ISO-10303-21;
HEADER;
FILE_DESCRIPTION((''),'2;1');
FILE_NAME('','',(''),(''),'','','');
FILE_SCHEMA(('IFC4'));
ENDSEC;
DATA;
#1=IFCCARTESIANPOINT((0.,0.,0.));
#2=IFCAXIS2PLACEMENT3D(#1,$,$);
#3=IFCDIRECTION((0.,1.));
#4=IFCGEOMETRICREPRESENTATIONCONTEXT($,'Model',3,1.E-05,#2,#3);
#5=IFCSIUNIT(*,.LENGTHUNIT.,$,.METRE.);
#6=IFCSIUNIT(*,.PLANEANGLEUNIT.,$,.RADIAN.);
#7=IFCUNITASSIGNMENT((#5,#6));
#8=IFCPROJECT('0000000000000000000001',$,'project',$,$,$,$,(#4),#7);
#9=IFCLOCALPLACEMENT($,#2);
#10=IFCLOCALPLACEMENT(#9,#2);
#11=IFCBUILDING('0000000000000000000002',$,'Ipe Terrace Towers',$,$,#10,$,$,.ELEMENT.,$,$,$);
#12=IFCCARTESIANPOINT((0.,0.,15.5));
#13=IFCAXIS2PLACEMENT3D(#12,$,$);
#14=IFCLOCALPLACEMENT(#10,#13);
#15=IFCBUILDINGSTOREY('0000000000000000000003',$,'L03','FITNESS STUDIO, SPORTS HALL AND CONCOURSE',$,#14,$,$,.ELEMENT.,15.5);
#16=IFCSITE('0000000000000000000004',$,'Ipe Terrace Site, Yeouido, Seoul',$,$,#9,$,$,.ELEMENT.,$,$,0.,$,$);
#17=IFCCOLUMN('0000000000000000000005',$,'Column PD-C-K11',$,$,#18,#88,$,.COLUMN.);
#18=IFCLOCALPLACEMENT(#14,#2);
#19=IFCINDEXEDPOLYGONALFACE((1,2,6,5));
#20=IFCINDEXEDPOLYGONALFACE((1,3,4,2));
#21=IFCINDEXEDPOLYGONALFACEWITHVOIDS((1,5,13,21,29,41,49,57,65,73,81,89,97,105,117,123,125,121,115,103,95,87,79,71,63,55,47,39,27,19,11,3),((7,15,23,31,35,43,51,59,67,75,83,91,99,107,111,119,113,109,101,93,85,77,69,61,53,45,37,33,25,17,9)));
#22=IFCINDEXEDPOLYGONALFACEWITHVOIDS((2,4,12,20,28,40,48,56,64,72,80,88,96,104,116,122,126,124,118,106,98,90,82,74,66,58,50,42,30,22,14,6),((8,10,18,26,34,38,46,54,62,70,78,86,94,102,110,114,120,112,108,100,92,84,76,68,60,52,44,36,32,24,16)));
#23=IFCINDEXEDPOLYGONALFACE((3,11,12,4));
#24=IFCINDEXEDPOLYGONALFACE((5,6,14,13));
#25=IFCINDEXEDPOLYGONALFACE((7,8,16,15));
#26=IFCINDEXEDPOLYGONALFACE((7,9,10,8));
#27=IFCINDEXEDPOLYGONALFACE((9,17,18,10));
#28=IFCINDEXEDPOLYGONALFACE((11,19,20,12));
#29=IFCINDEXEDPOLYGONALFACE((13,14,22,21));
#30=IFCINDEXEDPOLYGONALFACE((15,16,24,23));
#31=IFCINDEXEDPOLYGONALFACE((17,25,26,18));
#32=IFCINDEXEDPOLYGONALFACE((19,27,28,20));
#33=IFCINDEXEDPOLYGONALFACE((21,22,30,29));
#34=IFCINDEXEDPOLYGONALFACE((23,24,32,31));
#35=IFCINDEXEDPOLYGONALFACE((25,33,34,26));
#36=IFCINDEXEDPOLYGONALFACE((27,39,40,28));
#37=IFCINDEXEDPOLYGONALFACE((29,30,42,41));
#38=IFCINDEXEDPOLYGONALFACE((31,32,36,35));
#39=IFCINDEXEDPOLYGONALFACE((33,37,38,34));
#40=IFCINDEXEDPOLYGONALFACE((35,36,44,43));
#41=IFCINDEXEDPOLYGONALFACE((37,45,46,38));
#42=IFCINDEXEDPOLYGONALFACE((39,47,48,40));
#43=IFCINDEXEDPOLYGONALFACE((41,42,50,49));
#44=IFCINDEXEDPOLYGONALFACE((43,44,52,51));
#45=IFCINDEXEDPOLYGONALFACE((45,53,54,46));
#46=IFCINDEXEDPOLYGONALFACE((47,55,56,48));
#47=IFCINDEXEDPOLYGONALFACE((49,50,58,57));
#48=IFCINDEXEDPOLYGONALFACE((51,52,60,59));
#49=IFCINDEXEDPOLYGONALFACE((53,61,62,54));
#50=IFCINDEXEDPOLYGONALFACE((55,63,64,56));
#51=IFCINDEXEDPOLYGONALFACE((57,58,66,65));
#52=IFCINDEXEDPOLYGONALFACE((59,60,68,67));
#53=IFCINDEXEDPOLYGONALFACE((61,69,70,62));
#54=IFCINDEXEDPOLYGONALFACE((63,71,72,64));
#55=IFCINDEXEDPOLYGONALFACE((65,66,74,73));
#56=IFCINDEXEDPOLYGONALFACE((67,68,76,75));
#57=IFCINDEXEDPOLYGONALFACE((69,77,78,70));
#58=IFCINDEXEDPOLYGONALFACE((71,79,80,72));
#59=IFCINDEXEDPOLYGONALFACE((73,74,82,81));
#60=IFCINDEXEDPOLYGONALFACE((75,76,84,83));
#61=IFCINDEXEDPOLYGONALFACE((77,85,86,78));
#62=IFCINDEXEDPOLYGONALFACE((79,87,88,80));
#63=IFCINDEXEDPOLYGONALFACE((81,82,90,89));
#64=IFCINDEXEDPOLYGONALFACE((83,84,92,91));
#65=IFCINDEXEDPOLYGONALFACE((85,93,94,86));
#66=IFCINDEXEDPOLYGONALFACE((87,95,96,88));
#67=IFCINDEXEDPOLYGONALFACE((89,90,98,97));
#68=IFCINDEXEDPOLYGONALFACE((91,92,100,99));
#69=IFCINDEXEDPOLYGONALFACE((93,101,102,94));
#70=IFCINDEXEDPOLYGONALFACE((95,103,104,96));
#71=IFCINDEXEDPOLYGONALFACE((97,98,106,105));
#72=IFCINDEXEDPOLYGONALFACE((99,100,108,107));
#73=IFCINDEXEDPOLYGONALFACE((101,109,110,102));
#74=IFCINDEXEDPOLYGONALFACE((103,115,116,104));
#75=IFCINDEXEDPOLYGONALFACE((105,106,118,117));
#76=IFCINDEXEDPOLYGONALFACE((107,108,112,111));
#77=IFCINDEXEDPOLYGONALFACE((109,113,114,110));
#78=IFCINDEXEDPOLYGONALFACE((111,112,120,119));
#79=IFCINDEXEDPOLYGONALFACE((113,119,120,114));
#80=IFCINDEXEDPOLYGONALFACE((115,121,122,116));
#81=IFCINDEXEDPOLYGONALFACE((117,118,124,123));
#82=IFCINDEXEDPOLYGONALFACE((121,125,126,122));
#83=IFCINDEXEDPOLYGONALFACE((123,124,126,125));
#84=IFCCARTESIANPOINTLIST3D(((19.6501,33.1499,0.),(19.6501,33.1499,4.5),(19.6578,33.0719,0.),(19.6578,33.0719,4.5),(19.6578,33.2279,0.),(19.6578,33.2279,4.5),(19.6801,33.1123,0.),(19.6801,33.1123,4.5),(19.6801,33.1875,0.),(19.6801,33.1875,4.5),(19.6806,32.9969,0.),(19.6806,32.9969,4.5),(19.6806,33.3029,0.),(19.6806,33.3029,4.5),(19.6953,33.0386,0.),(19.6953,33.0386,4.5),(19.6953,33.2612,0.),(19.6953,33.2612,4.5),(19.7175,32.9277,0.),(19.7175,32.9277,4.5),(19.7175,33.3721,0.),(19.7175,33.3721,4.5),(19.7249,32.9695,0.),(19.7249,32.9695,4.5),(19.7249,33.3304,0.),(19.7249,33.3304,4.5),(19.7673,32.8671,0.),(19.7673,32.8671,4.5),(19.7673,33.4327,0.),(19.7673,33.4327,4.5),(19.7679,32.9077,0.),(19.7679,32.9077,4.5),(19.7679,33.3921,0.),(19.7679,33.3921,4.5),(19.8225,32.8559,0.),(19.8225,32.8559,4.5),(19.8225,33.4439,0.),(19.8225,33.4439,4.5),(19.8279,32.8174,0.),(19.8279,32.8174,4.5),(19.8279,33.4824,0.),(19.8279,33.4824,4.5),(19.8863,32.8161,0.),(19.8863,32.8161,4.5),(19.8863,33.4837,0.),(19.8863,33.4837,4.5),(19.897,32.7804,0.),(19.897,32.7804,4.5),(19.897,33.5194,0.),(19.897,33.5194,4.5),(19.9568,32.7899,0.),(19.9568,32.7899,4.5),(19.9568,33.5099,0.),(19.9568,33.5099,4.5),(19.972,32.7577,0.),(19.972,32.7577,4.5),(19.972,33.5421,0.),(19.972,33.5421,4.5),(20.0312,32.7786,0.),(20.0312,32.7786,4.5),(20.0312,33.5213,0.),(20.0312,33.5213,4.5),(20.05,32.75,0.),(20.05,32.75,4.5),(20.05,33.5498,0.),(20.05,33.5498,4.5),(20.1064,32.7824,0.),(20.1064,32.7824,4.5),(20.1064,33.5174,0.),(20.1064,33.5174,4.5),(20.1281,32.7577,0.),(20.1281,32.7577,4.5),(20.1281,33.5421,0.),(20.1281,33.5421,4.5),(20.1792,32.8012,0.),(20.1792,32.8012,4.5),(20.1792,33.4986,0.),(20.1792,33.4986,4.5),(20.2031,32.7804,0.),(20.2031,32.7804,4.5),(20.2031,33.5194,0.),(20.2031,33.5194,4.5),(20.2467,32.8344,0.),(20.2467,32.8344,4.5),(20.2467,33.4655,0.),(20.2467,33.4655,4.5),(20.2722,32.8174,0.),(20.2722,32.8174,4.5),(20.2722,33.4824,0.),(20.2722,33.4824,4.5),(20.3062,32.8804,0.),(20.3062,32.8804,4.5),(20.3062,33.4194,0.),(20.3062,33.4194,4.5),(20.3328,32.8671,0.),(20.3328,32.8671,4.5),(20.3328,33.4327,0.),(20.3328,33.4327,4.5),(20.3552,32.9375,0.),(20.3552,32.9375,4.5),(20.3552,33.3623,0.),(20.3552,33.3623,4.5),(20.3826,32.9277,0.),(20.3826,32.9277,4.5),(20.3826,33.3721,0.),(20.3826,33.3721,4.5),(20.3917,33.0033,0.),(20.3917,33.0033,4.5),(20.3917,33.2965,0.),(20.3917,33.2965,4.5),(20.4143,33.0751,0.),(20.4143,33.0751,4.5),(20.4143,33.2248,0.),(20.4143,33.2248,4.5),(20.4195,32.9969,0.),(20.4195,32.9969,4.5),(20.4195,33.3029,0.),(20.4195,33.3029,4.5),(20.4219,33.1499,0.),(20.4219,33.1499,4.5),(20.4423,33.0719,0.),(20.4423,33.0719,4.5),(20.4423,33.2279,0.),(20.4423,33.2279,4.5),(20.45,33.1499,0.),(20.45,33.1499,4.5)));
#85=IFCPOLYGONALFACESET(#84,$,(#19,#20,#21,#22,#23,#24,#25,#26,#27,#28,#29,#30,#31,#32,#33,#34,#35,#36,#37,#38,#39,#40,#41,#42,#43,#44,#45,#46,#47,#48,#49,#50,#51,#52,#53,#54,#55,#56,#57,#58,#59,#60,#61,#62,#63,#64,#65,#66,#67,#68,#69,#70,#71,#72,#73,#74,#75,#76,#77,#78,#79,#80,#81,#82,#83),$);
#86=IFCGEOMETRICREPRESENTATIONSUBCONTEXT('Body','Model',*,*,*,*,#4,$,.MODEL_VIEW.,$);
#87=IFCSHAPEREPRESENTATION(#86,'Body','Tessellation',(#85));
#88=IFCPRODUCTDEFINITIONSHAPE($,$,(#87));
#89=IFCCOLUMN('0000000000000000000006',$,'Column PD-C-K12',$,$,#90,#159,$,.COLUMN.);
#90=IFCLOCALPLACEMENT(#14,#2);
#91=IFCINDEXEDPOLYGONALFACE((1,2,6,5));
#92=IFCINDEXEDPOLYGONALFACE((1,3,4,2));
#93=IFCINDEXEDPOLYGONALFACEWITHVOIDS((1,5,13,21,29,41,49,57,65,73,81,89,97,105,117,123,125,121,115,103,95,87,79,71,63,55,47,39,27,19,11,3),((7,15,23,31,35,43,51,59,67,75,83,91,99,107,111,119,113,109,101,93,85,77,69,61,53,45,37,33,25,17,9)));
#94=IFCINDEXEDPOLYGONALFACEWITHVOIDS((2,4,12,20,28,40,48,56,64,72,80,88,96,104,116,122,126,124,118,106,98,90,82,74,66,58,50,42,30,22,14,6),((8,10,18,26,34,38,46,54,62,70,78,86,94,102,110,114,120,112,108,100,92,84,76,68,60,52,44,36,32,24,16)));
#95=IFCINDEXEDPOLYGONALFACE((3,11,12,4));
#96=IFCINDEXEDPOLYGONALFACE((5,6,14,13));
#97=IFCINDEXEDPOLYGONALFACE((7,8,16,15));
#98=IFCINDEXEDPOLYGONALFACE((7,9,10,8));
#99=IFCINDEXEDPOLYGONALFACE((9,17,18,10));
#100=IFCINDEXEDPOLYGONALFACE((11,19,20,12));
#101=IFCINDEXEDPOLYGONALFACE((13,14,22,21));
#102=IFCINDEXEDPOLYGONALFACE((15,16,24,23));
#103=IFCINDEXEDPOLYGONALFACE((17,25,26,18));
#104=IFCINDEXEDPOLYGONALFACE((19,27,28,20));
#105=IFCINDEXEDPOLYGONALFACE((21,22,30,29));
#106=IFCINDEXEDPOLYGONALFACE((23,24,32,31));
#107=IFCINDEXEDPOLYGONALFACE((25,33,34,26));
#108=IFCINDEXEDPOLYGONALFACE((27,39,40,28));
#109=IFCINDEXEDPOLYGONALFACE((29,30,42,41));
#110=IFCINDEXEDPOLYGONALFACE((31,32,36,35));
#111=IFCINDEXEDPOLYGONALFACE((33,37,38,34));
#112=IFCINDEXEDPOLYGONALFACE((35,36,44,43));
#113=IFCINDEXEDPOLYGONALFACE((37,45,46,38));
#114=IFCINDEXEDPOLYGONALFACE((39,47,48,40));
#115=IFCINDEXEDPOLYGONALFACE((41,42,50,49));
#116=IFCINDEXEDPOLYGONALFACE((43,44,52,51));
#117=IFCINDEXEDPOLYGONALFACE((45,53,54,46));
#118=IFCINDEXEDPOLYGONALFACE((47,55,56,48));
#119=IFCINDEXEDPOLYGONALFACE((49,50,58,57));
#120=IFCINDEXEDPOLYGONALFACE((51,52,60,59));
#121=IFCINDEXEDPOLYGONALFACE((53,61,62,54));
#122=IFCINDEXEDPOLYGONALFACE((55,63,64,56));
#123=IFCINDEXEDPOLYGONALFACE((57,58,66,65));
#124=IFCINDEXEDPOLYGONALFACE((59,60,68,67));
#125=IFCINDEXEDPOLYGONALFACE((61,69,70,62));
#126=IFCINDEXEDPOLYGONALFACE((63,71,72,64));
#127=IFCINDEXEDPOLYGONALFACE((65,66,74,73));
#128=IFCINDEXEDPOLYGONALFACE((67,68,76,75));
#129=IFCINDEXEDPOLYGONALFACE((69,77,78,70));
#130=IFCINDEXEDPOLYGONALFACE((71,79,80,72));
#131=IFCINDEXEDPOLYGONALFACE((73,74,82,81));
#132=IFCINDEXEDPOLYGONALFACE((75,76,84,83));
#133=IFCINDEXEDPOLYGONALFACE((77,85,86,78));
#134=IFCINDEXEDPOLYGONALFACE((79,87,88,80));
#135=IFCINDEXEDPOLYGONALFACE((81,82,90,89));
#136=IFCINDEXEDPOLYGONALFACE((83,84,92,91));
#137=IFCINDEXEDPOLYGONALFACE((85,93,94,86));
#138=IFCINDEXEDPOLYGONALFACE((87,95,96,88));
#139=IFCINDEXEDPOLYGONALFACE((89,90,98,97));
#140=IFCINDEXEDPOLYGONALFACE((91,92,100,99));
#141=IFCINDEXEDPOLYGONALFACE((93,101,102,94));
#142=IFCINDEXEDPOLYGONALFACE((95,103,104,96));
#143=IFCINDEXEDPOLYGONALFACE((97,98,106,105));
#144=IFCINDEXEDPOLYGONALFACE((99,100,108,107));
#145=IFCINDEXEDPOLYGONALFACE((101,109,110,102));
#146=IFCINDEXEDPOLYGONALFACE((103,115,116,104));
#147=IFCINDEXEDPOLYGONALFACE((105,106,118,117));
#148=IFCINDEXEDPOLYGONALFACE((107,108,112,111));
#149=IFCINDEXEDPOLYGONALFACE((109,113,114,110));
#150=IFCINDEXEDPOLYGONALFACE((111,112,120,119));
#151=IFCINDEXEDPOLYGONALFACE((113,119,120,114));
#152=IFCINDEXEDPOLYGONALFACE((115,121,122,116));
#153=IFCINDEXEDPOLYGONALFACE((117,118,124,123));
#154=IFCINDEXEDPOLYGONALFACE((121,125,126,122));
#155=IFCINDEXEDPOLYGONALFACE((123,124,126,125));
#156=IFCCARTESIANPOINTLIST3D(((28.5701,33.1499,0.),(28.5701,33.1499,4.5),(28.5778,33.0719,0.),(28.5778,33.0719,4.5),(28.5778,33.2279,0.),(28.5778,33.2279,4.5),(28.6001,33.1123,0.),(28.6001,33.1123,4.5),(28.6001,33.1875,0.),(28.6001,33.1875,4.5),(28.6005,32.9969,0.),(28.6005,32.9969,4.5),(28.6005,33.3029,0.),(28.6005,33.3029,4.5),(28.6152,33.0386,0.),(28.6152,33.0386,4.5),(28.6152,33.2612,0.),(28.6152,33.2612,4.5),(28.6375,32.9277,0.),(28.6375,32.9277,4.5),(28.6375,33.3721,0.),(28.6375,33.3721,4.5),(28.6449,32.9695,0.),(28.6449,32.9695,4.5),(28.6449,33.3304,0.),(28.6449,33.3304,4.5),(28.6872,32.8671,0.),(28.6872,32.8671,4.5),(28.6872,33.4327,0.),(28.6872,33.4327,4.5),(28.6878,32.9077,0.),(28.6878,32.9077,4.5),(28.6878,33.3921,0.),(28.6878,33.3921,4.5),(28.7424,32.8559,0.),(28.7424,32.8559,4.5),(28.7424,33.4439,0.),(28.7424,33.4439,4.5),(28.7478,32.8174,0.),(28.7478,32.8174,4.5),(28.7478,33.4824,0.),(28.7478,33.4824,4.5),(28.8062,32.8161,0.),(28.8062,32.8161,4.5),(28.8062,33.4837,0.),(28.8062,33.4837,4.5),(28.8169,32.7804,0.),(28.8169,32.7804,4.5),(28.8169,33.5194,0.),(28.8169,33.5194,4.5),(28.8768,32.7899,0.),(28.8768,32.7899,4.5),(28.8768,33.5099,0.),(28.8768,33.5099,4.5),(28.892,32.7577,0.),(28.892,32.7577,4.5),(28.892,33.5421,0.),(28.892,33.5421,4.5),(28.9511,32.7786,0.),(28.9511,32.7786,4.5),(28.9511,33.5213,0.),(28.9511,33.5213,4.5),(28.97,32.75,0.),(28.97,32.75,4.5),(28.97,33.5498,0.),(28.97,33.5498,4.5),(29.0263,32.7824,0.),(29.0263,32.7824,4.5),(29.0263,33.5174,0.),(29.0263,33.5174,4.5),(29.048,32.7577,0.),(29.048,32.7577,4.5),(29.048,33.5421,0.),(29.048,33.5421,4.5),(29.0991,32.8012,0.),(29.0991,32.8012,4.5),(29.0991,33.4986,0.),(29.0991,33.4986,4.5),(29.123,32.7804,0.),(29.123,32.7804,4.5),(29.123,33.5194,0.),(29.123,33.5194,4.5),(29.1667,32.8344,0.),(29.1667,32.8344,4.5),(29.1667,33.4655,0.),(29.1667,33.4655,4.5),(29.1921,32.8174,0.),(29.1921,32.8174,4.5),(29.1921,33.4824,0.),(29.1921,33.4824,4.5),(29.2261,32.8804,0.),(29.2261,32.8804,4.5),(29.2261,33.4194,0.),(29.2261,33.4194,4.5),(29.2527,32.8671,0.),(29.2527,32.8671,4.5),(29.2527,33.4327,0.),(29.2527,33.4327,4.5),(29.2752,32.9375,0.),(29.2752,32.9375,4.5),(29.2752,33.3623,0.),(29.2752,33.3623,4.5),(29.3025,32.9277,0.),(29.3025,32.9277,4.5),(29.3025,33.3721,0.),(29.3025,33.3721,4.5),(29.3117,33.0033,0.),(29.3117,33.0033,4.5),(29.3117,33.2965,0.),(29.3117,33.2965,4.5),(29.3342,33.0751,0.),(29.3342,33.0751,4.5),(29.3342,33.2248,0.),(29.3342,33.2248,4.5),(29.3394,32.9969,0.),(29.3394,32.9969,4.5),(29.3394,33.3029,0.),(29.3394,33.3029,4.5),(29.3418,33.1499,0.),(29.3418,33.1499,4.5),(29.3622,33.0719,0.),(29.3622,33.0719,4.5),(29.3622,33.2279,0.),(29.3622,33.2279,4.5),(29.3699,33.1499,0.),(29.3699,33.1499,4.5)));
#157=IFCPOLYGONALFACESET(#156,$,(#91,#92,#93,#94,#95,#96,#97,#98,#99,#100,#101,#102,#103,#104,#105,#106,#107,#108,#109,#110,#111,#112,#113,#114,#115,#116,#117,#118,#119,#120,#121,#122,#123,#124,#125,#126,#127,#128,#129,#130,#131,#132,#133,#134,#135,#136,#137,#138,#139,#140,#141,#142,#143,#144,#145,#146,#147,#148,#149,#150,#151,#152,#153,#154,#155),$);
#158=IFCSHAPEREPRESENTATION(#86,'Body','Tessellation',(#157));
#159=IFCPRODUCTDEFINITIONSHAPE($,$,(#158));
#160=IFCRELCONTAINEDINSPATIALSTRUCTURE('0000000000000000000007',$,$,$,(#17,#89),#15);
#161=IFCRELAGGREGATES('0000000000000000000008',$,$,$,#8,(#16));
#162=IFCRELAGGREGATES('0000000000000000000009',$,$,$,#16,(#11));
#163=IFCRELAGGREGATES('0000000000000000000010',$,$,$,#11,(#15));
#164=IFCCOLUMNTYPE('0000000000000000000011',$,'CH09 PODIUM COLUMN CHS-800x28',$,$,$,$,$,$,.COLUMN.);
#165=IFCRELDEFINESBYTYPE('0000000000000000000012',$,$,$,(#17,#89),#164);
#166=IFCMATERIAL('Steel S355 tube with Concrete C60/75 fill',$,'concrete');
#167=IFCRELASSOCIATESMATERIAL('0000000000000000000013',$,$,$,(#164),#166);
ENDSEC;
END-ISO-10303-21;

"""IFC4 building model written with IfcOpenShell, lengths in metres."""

from ifc_helpers import new_model, si_unit, direction, frame, origin, origin_2d, place, context, subcontext, project, spatial, hollow_circle, extrude, material, material_profile, profile_set, type_object, element, save


model = new_model("IFC4")

# Units and contexts
model_context = context("Model", 3, precision=1e-05, world=origin(), true_north=direction((0.0, 1.0)))
body_context = subcontext(model_context, "Body", "Model", "MODEL_VIEW")
ifc_project = project(units=[si_unit("LENGTHUNIT", "METRE"), si_unit("PLANEANGLEUNIT", "RADIAN")], contexts=[model_context])

# Site, building, storey
site_placement = place(None, origin())
site = spatial("IfcSite", under=ifc_project, at=site_placement, Name="Ipe Terrace Site, Yeouido, Seoul", CompositionType="ELEMENT", RefElevation=0.0)
building_placement = place(site_placement, origin())
building = spatial("IfcBuilding", under=site, at=building_placement, Name="Ipe Terrace Towers", CompositionType="ELEMENT")
storey_placement = place(building_placement, frame((0.0, 0.0, 15.5)))
storey = spatial("IfcBuildingStorey", under=building, at=storey_placement, Name="L03", Description="FITNESS STUDIO, SPORTS HALL AND CONCOURSE", CompositionType="ELEMENT", Elevation=15.5)

# Columns
ifc_material_1 = material(Name="Steel S355 tube with Concrete C60/75 fill", Category="concrete")
ifc_material_profile_1 = material_profile(ifc_material_1, hollow_circle(Radius=0.3999, WallThickness=0.0281, at=origin_2d()), Name="CHS-800x28")
ifc_profile_set_1 = profile_set([ifc_material_profile_1], Name="Steel S355 tube with Concrete C60/75 fill")
column_type = type_object("IfcColumnType", Name="CH09 PODIUM COLUMN CHS-800x28", PredefinedType="COLUMN", material=ifc_profile_set_1)
for number, where, z_axis, x_axis, name in (
    (1, (20.05, 33.1499, 0.0), (0.0, 0.0, 1.0), (1.0, 0.0, 0.0), "Column PD-C-K11"),
    (2, (28.97, 33.1499, 0.0), (0.0, 0.0, 1.0), (1.0, 0.0, 0.0), "Column PD-C-K12"),
):
    element("IfcColumn", number, at=place(storey_placement, frame(where, z_axis=z_axis, x_axis=x_axis)), inside=storey, type_object=column_type, Name=name, PredefinedType="COLUMN", context=body_context, shape_type="SweptSolid", body=[
        extrude(hollow_circle(Radius=0.3999, WallThickness=0.0281, at=origin_2d()), origin(), (0.0, 0.0, 1.0), 4.5),
    ])

save(model, "model.ifc")
